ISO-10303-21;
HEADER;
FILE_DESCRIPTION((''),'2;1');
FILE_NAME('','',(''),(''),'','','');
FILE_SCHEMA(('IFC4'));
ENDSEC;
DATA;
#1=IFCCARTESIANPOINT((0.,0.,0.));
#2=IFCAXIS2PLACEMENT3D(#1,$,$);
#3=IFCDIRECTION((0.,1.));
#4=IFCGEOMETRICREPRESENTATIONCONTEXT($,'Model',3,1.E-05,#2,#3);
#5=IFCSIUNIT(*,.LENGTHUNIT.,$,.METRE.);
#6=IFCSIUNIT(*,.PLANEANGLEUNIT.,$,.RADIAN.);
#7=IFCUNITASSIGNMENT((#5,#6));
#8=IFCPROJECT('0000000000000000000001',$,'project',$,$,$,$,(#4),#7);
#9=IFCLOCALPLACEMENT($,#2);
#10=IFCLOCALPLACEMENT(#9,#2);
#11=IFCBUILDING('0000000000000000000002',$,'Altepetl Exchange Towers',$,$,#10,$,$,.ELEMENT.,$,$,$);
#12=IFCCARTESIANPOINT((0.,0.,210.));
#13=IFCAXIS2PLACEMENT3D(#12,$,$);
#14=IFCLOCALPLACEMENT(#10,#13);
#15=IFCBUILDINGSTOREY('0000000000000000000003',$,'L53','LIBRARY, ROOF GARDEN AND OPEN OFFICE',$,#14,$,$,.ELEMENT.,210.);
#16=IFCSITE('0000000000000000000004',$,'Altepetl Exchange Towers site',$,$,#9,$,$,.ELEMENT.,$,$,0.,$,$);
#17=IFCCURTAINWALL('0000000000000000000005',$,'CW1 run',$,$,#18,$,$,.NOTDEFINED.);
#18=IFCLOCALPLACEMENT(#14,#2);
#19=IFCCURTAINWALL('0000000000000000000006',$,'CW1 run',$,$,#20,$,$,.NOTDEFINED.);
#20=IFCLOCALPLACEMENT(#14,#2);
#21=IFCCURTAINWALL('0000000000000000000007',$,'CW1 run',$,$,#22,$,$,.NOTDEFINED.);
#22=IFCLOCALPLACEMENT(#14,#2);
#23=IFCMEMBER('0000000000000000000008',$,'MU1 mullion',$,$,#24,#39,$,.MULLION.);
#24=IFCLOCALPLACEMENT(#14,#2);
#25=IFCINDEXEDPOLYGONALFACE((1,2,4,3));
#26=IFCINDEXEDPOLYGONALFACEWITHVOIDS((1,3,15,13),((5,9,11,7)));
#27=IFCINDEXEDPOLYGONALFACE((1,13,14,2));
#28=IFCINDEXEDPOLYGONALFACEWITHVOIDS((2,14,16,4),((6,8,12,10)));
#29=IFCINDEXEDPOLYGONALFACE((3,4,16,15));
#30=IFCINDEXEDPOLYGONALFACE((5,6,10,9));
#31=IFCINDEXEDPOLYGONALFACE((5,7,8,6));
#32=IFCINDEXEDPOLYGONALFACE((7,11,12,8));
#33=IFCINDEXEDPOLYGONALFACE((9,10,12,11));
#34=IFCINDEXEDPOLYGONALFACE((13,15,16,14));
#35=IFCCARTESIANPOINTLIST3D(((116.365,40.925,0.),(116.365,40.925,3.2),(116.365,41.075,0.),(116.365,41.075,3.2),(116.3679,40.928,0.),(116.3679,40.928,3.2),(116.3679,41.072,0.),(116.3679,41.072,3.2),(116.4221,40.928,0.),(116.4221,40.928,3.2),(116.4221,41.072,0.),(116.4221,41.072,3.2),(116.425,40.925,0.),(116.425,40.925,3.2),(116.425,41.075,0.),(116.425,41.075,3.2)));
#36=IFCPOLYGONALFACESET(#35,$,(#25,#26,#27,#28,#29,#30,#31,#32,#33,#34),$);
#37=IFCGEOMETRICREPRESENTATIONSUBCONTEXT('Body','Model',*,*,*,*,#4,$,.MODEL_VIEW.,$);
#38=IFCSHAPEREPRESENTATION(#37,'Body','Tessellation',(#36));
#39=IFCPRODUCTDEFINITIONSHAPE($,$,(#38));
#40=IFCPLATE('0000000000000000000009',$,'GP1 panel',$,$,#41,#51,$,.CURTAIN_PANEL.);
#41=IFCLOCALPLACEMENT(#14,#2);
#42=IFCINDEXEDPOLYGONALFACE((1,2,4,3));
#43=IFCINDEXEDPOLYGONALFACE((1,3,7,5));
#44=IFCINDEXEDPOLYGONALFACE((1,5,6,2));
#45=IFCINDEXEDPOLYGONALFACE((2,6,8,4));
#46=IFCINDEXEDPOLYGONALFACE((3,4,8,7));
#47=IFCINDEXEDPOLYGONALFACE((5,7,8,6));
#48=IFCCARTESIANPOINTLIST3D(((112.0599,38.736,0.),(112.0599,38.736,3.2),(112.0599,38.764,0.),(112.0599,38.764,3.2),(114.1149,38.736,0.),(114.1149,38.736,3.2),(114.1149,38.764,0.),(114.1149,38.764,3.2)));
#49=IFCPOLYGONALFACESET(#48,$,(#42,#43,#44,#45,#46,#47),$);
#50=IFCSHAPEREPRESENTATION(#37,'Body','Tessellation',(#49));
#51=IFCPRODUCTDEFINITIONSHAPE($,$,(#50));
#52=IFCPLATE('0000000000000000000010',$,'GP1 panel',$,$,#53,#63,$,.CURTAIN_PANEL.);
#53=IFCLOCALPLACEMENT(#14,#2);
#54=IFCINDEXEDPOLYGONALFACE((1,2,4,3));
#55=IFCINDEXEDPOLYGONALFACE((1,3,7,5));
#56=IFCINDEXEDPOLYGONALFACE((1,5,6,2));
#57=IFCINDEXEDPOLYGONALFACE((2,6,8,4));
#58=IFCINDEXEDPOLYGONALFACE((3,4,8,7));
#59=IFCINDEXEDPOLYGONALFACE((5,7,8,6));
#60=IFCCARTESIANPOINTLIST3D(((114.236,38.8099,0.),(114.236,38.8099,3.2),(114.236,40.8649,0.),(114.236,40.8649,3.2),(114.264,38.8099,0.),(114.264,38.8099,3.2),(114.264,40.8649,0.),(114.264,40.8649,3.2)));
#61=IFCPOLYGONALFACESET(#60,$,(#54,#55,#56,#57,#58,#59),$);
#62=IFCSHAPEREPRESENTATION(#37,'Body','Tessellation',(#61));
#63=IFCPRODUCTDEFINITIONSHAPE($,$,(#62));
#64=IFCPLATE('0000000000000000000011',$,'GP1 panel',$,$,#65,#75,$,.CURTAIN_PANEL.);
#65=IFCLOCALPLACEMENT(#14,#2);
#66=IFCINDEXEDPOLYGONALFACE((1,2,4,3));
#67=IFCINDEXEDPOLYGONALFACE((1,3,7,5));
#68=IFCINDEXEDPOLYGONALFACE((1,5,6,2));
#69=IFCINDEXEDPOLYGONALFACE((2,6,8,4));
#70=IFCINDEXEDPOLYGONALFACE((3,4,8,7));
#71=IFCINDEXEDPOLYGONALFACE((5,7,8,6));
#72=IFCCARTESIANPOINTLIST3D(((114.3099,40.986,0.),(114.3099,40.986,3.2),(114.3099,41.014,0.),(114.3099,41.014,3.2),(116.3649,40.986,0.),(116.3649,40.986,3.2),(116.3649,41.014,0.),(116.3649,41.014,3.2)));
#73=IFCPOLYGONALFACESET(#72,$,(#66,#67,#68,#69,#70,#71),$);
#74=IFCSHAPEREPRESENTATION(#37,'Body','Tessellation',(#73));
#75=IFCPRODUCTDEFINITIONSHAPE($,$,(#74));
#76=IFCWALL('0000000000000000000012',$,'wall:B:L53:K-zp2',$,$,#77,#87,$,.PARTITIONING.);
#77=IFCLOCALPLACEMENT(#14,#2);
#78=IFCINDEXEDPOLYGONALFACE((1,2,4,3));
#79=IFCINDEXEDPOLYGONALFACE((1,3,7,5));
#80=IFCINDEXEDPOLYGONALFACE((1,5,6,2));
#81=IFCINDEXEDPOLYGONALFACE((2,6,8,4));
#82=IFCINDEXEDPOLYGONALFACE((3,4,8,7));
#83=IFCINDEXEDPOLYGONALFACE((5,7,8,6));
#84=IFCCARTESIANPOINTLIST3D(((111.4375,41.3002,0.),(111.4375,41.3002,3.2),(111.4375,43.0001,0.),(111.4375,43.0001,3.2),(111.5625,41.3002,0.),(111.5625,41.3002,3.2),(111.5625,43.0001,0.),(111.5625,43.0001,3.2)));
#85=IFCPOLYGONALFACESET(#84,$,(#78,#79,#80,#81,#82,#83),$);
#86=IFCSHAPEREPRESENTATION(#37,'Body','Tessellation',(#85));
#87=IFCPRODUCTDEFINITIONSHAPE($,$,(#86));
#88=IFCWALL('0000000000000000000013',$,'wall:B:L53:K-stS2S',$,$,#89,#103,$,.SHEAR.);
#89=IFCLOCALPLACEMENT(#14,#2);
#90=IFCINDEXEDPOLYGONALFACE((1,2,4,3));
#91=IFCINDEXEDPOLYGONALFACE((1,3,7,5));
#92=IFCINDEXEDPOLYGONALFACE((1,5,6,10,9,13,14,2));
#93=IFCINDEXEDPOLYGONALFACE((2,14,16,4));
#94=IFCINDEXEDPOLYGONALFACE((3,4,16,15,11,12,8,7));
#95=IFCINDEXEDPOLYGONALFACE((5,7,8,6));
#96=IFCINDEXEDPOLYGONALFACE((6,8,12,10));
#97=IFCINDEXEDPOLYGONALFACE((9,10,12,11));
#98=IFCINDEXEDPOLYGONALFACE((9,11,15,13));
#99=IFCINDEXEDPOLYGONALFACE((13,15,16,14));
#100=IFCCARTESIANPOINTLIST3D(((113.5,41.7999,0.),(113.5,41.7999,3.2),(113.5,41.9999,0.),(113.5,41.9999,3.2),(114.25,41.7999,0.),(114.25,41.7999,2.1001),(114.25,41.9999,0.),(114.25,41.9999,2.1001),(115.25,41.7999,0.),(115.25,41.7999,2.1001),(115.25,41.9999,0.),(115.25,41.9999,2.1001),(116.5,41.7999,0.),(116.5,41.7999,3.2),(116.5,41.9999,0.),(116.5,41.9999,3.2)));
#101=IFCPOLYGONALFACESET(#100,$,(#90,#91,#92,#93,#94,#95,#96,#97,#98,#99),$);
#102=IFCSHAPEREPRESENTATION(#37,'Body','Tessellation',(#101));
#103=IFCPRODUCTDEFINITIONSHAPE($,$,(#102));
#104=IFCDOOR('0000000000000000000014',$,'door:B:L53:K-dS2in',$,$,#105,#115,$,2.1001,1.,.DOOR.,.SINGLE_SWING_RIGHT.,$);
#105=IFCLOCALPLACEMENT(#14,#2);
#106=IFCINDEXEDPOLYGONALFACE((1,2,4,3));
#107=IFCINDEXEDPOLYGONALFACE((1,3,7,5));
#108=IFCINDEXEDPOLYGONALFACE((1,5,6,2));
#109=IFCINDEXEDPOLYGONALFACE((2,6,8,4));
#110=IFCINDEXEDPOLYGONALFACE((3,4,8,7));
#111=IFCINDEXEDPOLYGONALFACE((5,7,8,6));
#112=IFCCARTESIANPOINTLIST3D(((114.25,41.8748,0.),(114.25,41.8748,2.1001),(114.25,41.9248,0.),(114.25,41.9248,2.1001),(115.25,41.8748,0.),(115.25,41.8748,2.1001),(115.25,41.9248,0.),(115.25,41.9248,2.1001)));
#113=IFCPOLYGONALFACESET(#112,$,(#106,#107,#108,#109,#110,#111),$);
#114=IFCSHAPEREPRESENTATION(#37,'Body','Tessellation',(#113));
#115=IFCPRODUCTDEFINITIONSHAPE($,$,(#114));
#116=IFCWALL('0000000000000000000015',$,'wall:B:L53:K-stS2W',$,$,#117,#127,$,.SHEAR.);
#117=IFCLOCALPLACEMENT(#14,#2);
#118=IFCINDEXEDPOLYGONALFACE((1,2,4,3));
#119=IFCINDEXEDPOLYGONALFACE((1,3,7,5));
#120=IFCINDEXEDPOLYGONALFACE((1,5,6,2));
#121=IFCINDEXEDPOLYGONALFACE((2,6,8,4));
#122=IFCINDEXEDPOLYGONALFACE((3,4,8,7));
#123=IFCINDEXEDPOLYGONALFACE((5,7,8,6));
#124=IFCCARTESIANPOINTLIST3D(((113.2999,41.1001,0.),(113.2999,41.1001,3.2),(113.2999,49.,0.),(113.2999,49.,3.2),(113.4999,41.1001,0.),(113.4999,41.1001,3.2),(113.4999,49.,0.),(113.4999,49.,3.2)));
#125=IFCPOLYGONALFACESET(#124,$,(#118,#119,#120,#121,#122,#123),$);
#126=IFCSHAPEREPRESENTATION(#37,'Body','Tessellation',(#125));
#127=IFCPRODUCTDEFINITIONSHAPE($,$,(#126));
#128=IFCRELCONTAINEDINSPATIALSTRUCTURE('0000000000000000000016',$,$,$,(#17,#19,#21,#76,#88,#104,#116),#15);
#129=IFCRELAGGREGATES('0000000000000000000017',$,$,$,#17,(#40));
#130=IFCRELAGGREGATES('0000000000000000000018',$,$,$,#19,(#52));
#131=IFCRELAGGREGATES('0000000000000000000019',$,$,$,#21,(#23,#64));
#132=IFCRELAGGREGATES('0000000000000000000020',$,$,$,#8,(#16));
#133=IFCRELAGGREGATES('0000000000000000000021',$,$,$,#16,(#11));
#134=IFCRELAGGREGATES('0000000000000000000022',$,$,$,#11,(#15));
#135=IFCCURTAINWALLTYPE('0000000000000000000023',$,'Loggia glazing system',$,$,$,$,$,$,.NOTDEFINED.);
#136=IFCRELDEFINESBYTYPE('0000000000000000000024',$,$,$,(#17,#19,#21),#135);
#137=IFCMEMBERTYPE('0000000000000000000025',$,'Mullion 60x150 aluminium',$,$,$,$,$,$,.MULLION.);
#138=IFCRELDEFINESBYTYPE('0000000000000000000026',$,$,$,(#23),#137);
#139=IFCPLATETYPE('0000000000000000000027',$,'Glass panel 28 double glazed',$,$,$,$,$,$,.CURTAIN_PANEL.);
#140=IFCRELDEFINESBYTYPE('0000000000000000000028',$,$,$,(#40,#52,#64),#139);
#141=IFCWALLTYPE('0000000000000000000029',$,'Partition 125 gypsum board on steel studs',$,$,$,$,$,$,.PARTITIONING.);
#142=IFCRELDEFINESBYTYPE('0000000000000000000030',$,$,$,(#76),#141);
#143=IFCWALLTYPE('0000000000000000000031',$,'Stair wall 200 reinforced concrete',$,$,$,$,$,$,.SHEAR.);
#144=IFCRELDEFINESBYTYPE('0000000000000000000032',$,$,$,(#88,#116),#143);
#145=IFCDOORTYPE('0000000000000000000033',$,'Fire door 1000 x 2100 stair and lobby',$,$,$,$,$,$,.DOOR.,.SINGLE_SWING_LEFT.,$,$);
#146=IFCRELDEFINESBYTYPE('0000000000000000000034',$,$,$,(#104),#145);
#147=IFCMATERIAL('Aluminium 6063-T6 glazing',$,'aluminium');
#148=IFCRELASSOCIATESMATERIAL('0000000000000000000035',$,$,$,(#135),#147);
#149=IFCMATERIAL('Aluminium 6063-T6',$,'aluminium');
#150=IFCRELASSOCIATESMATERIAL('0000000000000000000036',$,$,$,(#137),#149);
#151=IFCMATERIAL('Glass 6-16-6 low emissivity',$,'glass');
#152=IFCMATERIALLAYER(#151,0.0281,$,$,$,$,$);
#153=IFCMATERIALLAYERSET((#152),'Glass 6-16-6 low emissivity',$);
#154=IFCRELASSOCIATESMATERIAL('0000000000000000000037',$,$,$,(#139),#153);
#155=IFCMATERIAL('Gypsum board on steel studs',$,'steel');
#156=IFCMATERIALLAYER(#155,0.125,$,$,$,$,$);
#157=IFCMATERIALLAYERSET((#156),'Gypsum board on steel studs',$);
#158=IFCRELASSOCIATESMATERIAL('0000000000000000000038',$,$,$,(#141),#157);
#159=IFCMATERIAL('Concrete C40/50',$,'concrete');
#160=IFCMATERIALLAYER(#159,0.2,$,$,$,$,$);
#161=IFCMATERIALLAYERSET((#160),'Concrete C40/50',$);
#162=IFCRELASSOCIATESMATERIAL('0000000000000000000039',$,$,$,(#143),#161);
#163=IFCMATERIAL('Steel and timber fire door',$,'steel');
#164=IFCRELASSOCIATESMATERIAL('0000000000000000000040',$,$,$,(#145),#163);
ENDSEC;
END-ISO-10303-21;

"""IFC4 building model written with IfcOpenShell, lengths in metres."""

from ifc_helpers import new_model, si_unit, direction, frame, frame_2d, origin, origin_2d, place, context, subcontext, project, spatial, rectangle, hollow_rectangle, extrude, material, layer, layer_set, material_profile, profile_set, type_object, element, fill, aggregate, save


model = new_model("IFC4")

# Units and contexts
model_context = context("Model", 3, precision=1e-05, world=origin(), true_north=direction((0.0, 1.0)))
body_context = subcontext(model_context, "Body", "Model", "MODEL_VIEW")
ifc_project = project(units=[si_unit("LENGTHUNIT", "METRE"), si_unit("PLANEANGLEUNIT", "RADIAN")], contexts=[model_context])

# Site, building, storey
site_placement = place(None, origin())
site = spatial("IfcSite", under=ifc_project, at=site_placement, Name="Altepetl Exchange Towers site", CompositionType="ELEMENT", RefElevation=0.0)
building_placement = place(site_placement, origin())
building = spatial("IfcBuilding", under=site, at=building_placement, Name="Altepetl Exchange Towers", CompositionType="ELEMENT")
storey_placement = place(building_placement, frame((0.0, 0.0, 210.0)))
storey = spatial("IfcBuildingStorey", under=building, at=storey_placement, Name="L53", Description="LIBRARY, ROOF GARDEN AND OPEN OFFICE", CompositionType="ELEMENT", Elevation=210.0)

# Shared definitions
ifc_material_1 = material(Name="Aluminium 6063-T6 glazing", Category="aluminium")
curtain_wall_type = type_object("IfcCurtainWallType", Name="Loggia glazing system", PredefinedType="NOTDEFINED", material=ifc_material_1)
ifc_material_2 = material(Name="Aluminium 6063-T6", Category="aluminium")
ifc_material_profile_1 = material_profile(ifc_material_2, hollow_rectangle(XDim=0.0601, YDim=0.1499, WallThickness=0.0029, at=origin_2d()), Name="Mullion 60x150 aluminium")
ifc_profile_set_1 = profile_set([ifc_material_profile_1], Name="Aluminium 6063-T6")
member_type = type_object("IfcMemberType", Name="Mullion 60x150 aluminium", PredefinedType="MULLION", material=ifc_profile_set_1)

# Curtain walls, member
curtain_wall_1_placement = place(storey_placement, origin())
curtain_wall_1 = element("IfcCurtainWall", 1, at=curtain_wall_1_placement, inside=storey, type_object=curtain_wall_type, Name="CW1 run", PredefinedType="NOTDEFINED")
curtain_wall_2_placement = place(storey_placement, origin())
curtain_wall_2 = element("IfcCurtainWall", 2, at=curtain_wall_2_placement, inside=storey, type_object=curtain_wall_type, Name="CW1 run", PredefinedType="NOTDEFINED")
curtain_wall_3_placement = place(storey_placement, origin())
curtain_wall_3 = element("IfcCurtainWall", 3, at=curtain_wall_3_placement, inside=storey, type_object=curtain_wall_type, Name="CW1 run", PredefinedType="NOTDEFINED")
member_1_placement = place(storey_placement, frame((116.395, 41.0, 0.0)))
member_1 = element("IfcMember", 4, at=member_1_placement, type_object=member_type, Name="MU1 mullion", PredefinedType="MULLION", context=body_context, shape_type="SweptSolid", body=[
    extrude(hollow_rectangle(XDim=0.0601, YDim=0.1499, WallThickness=0.0029, at=origin_2d()), origin(), (0.0, 0.0, 1.0), 3.2),
])

# Plates
ifc_material_3 = material(Name="Glass 6-16-6 low emissivity", Category="glass")
ifc_layer_1 = layer(ifc_material_3, 0.0281)
ifc_layer_set_1 = layer_set([ifc_layer_1], Name="Glass 6-16-6 low emissivity")
plate_type = type_object("IfcPlateType", Name="Glass panel 28 double glazed", PredefinedType="CURTAIN_PANEL", material=ifc_layer_set_1)
plate_1_placement = place(storey_placement, frame((113.0874, 38.75, 0.0)))
plate_1 = element("IfcPlate", 5, at=plate_1_placement, type_object=plate_type, Name="GP1 panel", PredefinedType="CURTAIN_PANEL", context=body_context, shape_type="SweptSolid", body=[
    extrude(rectangle(XDim=2.0549, YDim=0.0281, at=origin_2d()), origin(), (0.0, 0.0, 1.0), 3.2),
])
aggregate(curtain_wall_1, [plate_1])
plate_2_placement = place(storey_placement, frame((114.25, 39.8374, 0.0), z_axis=(0.0, 0.0, 1.0), x_axis=(0.0, 1.0, 0.0)))
plate_2 = element("IfcPlate", 6, at=plate_2_placement, type_object=plate_type, Name="GP1 panel", PredefinedType="CURTAIN_PANEL", context=body_context, shape_type="SweptSolid", body=[
    extrude(rectangle(XDim=2.0549, YDim=0.0281, at=origin_2d()), origin(), (0.0, 0.0, 1.0), 3.2),
])
aggregate(curtain_wall_2, [plate_2])
plate_3_placement = place(storey_placement, frame((115.3374, 41.0, 0.0)))
plate_3 = element("IfcPlate", 7, at=plate_3_placement, type_object=plate_type, Name="GP1 panel", PredefinedType="CURTAIN_PANEL", context=body_context, shape_type="SweptSolid", body=[
    extrude(rectangle(XDim=2.0549, YDim=0.0281, at=origin_2d()), origin(), (0.0, 0.0, 1.0), 3.2),
])
aggregate(curtain_wall_3, [member_1, plate_3])

# Wall
ifc_material_4 = material(Name="Gypsum board on steel studs", Category="steel")
ifc_layer_2 = layer(ifc_material_4, 0.125)
ifc_layer_set_2 = layer_set([ifc_layer_2], Name="Gypsum board on steel studs")
wall_type_1 = type_object("IfcWallType", Name="Partition 125 gypsum board on steel studs", PredefinedType="PARTITIONING", material=ifc_layer_set_2)
wall_1_placement = place(storey_placement, frame((111.5, 41.3, 0.0), z_axis=(0.0, 0.0, 1.0), x_axis=(0.0, 1.0, 0.0)))
element("IfcWall", 8, at=wall_1_placement, inside=storey, type_object=wall_type_1, Name="wall:B:L53:K-zp2", PredefinedType="PARTITIONING", context=body_context, shape_type="SweptSolid", body=[
    extrude(rectangle(XDim=1.7, YDim=0.125, at=frame_2d((0.8501, 0.0))), origin(), (0.0, 0.0, 1.0), 3.2),
])

# Wall, opening, door
ifc_material_5 = material(Name="Concrete C40/50", Category="concrete")
ifc_layer_3 = layer(ifc_material_5, 0.2)
ifc_layer_set_3 = layer_set([ifc_layer_3], Name="Concrete C40/50")
wall_type_2 = type_object("IfcWallType", Name="Stair wall 200 reinforced concrete", PredefinedType="SHEAR", material=ifc_layer_set_3)
wall_2_placement = place(storey_placement, frame((113.5, 41.8999, 0.0)))
wall_2 = element("IfcWall", 9, at=wall_2_placement, inside=storey, type_object=wall_type_2, Name="wall:B:L53:K-stS2S", PredefinedType="SHEAR", context=body_context, shape_type="SweptSolid", body=[
    extrude(rectangle(XDim=3.0, YDim=0.2, at=frame_2d((1.5, 0.0))), origin(), (0.0, 0.0, 1.0), 3.2),
])
opening_placement = place(wall_2_placement, frame((0.75, 0.0, 0.0)))
opening = element("IfcOpeningElement", 10, at=opening_placement, cuts=wall_2, PredefinedType="OPENING", context=body_context, shape_type="SweptSolid", body=[
    extrude(rectangle(XDim=1.0, YDim=2.1001, at=frame_2d((0.5, 1.05))), frame((0.0, 0.1099, 0.0), z_axis=(0.0, -1.0, 0.0), x_axis=(1.0, 0.0, 0.0)), (0.0, 0.0, 1.0), 0.22),
])
ifc_material_6 = material(Name="Steel and timber fire door", Category="steel")
door_type = type_object("IfcDoorType", Name="Fire door 1000 x 2100 stair and lobby", OperationType="SINGLE_SWING_LEFT", PredefinedType="DOOR", material=ifc_material_6)
door_placement = place(opening_placement, origin())
door = element("IfcDoor", 11, at=door_placement, inside=storey, type_object=door_type, Name="door:B:L53:K-dS2in", OperationType="SINGLE_SWING_RIGHT", OverallHeight=2.1001, OverallWidth=1.0, PredefinedType="DOOR", context=body_context, shape_type="SweptSolid", body=[
    extrude(rectangle(XDim=1.0, YDim=2.1001, at=frame_2d((0.5, 1.05))), frame((0.0, 0.0249, 0.0), z_axis=(0.0, -1.0, 0.0), x_axis=(1.0, 0.0, 0.0)), (0.0, 0.0, 1.0), 0.05),
])
fill(opening, door)

# Wall
wall_3_placement = place(storey_placement, frame((113.3999, 41.1001, 0.0), z_axis=(0.0, 0.0, 1.0), x_axis=(0.0, 1.0, 0.0)))
element("IfcWall", 12, at=wall_3_placement, inside=storey, type_object=wall_type_2, Name="wall:B:L53:K-stS2W", PredefinedType="SHEAR", context=body_context, shape_type="SweptSolid", body=[
    extrude(rectangle(XDim=7.8999, YDim=0.2, at=frame_2d((3.95, 0.0))), origin(), (0.0, 0.0, 1.0), 3.2),
])

save(model, "model.ifc")
